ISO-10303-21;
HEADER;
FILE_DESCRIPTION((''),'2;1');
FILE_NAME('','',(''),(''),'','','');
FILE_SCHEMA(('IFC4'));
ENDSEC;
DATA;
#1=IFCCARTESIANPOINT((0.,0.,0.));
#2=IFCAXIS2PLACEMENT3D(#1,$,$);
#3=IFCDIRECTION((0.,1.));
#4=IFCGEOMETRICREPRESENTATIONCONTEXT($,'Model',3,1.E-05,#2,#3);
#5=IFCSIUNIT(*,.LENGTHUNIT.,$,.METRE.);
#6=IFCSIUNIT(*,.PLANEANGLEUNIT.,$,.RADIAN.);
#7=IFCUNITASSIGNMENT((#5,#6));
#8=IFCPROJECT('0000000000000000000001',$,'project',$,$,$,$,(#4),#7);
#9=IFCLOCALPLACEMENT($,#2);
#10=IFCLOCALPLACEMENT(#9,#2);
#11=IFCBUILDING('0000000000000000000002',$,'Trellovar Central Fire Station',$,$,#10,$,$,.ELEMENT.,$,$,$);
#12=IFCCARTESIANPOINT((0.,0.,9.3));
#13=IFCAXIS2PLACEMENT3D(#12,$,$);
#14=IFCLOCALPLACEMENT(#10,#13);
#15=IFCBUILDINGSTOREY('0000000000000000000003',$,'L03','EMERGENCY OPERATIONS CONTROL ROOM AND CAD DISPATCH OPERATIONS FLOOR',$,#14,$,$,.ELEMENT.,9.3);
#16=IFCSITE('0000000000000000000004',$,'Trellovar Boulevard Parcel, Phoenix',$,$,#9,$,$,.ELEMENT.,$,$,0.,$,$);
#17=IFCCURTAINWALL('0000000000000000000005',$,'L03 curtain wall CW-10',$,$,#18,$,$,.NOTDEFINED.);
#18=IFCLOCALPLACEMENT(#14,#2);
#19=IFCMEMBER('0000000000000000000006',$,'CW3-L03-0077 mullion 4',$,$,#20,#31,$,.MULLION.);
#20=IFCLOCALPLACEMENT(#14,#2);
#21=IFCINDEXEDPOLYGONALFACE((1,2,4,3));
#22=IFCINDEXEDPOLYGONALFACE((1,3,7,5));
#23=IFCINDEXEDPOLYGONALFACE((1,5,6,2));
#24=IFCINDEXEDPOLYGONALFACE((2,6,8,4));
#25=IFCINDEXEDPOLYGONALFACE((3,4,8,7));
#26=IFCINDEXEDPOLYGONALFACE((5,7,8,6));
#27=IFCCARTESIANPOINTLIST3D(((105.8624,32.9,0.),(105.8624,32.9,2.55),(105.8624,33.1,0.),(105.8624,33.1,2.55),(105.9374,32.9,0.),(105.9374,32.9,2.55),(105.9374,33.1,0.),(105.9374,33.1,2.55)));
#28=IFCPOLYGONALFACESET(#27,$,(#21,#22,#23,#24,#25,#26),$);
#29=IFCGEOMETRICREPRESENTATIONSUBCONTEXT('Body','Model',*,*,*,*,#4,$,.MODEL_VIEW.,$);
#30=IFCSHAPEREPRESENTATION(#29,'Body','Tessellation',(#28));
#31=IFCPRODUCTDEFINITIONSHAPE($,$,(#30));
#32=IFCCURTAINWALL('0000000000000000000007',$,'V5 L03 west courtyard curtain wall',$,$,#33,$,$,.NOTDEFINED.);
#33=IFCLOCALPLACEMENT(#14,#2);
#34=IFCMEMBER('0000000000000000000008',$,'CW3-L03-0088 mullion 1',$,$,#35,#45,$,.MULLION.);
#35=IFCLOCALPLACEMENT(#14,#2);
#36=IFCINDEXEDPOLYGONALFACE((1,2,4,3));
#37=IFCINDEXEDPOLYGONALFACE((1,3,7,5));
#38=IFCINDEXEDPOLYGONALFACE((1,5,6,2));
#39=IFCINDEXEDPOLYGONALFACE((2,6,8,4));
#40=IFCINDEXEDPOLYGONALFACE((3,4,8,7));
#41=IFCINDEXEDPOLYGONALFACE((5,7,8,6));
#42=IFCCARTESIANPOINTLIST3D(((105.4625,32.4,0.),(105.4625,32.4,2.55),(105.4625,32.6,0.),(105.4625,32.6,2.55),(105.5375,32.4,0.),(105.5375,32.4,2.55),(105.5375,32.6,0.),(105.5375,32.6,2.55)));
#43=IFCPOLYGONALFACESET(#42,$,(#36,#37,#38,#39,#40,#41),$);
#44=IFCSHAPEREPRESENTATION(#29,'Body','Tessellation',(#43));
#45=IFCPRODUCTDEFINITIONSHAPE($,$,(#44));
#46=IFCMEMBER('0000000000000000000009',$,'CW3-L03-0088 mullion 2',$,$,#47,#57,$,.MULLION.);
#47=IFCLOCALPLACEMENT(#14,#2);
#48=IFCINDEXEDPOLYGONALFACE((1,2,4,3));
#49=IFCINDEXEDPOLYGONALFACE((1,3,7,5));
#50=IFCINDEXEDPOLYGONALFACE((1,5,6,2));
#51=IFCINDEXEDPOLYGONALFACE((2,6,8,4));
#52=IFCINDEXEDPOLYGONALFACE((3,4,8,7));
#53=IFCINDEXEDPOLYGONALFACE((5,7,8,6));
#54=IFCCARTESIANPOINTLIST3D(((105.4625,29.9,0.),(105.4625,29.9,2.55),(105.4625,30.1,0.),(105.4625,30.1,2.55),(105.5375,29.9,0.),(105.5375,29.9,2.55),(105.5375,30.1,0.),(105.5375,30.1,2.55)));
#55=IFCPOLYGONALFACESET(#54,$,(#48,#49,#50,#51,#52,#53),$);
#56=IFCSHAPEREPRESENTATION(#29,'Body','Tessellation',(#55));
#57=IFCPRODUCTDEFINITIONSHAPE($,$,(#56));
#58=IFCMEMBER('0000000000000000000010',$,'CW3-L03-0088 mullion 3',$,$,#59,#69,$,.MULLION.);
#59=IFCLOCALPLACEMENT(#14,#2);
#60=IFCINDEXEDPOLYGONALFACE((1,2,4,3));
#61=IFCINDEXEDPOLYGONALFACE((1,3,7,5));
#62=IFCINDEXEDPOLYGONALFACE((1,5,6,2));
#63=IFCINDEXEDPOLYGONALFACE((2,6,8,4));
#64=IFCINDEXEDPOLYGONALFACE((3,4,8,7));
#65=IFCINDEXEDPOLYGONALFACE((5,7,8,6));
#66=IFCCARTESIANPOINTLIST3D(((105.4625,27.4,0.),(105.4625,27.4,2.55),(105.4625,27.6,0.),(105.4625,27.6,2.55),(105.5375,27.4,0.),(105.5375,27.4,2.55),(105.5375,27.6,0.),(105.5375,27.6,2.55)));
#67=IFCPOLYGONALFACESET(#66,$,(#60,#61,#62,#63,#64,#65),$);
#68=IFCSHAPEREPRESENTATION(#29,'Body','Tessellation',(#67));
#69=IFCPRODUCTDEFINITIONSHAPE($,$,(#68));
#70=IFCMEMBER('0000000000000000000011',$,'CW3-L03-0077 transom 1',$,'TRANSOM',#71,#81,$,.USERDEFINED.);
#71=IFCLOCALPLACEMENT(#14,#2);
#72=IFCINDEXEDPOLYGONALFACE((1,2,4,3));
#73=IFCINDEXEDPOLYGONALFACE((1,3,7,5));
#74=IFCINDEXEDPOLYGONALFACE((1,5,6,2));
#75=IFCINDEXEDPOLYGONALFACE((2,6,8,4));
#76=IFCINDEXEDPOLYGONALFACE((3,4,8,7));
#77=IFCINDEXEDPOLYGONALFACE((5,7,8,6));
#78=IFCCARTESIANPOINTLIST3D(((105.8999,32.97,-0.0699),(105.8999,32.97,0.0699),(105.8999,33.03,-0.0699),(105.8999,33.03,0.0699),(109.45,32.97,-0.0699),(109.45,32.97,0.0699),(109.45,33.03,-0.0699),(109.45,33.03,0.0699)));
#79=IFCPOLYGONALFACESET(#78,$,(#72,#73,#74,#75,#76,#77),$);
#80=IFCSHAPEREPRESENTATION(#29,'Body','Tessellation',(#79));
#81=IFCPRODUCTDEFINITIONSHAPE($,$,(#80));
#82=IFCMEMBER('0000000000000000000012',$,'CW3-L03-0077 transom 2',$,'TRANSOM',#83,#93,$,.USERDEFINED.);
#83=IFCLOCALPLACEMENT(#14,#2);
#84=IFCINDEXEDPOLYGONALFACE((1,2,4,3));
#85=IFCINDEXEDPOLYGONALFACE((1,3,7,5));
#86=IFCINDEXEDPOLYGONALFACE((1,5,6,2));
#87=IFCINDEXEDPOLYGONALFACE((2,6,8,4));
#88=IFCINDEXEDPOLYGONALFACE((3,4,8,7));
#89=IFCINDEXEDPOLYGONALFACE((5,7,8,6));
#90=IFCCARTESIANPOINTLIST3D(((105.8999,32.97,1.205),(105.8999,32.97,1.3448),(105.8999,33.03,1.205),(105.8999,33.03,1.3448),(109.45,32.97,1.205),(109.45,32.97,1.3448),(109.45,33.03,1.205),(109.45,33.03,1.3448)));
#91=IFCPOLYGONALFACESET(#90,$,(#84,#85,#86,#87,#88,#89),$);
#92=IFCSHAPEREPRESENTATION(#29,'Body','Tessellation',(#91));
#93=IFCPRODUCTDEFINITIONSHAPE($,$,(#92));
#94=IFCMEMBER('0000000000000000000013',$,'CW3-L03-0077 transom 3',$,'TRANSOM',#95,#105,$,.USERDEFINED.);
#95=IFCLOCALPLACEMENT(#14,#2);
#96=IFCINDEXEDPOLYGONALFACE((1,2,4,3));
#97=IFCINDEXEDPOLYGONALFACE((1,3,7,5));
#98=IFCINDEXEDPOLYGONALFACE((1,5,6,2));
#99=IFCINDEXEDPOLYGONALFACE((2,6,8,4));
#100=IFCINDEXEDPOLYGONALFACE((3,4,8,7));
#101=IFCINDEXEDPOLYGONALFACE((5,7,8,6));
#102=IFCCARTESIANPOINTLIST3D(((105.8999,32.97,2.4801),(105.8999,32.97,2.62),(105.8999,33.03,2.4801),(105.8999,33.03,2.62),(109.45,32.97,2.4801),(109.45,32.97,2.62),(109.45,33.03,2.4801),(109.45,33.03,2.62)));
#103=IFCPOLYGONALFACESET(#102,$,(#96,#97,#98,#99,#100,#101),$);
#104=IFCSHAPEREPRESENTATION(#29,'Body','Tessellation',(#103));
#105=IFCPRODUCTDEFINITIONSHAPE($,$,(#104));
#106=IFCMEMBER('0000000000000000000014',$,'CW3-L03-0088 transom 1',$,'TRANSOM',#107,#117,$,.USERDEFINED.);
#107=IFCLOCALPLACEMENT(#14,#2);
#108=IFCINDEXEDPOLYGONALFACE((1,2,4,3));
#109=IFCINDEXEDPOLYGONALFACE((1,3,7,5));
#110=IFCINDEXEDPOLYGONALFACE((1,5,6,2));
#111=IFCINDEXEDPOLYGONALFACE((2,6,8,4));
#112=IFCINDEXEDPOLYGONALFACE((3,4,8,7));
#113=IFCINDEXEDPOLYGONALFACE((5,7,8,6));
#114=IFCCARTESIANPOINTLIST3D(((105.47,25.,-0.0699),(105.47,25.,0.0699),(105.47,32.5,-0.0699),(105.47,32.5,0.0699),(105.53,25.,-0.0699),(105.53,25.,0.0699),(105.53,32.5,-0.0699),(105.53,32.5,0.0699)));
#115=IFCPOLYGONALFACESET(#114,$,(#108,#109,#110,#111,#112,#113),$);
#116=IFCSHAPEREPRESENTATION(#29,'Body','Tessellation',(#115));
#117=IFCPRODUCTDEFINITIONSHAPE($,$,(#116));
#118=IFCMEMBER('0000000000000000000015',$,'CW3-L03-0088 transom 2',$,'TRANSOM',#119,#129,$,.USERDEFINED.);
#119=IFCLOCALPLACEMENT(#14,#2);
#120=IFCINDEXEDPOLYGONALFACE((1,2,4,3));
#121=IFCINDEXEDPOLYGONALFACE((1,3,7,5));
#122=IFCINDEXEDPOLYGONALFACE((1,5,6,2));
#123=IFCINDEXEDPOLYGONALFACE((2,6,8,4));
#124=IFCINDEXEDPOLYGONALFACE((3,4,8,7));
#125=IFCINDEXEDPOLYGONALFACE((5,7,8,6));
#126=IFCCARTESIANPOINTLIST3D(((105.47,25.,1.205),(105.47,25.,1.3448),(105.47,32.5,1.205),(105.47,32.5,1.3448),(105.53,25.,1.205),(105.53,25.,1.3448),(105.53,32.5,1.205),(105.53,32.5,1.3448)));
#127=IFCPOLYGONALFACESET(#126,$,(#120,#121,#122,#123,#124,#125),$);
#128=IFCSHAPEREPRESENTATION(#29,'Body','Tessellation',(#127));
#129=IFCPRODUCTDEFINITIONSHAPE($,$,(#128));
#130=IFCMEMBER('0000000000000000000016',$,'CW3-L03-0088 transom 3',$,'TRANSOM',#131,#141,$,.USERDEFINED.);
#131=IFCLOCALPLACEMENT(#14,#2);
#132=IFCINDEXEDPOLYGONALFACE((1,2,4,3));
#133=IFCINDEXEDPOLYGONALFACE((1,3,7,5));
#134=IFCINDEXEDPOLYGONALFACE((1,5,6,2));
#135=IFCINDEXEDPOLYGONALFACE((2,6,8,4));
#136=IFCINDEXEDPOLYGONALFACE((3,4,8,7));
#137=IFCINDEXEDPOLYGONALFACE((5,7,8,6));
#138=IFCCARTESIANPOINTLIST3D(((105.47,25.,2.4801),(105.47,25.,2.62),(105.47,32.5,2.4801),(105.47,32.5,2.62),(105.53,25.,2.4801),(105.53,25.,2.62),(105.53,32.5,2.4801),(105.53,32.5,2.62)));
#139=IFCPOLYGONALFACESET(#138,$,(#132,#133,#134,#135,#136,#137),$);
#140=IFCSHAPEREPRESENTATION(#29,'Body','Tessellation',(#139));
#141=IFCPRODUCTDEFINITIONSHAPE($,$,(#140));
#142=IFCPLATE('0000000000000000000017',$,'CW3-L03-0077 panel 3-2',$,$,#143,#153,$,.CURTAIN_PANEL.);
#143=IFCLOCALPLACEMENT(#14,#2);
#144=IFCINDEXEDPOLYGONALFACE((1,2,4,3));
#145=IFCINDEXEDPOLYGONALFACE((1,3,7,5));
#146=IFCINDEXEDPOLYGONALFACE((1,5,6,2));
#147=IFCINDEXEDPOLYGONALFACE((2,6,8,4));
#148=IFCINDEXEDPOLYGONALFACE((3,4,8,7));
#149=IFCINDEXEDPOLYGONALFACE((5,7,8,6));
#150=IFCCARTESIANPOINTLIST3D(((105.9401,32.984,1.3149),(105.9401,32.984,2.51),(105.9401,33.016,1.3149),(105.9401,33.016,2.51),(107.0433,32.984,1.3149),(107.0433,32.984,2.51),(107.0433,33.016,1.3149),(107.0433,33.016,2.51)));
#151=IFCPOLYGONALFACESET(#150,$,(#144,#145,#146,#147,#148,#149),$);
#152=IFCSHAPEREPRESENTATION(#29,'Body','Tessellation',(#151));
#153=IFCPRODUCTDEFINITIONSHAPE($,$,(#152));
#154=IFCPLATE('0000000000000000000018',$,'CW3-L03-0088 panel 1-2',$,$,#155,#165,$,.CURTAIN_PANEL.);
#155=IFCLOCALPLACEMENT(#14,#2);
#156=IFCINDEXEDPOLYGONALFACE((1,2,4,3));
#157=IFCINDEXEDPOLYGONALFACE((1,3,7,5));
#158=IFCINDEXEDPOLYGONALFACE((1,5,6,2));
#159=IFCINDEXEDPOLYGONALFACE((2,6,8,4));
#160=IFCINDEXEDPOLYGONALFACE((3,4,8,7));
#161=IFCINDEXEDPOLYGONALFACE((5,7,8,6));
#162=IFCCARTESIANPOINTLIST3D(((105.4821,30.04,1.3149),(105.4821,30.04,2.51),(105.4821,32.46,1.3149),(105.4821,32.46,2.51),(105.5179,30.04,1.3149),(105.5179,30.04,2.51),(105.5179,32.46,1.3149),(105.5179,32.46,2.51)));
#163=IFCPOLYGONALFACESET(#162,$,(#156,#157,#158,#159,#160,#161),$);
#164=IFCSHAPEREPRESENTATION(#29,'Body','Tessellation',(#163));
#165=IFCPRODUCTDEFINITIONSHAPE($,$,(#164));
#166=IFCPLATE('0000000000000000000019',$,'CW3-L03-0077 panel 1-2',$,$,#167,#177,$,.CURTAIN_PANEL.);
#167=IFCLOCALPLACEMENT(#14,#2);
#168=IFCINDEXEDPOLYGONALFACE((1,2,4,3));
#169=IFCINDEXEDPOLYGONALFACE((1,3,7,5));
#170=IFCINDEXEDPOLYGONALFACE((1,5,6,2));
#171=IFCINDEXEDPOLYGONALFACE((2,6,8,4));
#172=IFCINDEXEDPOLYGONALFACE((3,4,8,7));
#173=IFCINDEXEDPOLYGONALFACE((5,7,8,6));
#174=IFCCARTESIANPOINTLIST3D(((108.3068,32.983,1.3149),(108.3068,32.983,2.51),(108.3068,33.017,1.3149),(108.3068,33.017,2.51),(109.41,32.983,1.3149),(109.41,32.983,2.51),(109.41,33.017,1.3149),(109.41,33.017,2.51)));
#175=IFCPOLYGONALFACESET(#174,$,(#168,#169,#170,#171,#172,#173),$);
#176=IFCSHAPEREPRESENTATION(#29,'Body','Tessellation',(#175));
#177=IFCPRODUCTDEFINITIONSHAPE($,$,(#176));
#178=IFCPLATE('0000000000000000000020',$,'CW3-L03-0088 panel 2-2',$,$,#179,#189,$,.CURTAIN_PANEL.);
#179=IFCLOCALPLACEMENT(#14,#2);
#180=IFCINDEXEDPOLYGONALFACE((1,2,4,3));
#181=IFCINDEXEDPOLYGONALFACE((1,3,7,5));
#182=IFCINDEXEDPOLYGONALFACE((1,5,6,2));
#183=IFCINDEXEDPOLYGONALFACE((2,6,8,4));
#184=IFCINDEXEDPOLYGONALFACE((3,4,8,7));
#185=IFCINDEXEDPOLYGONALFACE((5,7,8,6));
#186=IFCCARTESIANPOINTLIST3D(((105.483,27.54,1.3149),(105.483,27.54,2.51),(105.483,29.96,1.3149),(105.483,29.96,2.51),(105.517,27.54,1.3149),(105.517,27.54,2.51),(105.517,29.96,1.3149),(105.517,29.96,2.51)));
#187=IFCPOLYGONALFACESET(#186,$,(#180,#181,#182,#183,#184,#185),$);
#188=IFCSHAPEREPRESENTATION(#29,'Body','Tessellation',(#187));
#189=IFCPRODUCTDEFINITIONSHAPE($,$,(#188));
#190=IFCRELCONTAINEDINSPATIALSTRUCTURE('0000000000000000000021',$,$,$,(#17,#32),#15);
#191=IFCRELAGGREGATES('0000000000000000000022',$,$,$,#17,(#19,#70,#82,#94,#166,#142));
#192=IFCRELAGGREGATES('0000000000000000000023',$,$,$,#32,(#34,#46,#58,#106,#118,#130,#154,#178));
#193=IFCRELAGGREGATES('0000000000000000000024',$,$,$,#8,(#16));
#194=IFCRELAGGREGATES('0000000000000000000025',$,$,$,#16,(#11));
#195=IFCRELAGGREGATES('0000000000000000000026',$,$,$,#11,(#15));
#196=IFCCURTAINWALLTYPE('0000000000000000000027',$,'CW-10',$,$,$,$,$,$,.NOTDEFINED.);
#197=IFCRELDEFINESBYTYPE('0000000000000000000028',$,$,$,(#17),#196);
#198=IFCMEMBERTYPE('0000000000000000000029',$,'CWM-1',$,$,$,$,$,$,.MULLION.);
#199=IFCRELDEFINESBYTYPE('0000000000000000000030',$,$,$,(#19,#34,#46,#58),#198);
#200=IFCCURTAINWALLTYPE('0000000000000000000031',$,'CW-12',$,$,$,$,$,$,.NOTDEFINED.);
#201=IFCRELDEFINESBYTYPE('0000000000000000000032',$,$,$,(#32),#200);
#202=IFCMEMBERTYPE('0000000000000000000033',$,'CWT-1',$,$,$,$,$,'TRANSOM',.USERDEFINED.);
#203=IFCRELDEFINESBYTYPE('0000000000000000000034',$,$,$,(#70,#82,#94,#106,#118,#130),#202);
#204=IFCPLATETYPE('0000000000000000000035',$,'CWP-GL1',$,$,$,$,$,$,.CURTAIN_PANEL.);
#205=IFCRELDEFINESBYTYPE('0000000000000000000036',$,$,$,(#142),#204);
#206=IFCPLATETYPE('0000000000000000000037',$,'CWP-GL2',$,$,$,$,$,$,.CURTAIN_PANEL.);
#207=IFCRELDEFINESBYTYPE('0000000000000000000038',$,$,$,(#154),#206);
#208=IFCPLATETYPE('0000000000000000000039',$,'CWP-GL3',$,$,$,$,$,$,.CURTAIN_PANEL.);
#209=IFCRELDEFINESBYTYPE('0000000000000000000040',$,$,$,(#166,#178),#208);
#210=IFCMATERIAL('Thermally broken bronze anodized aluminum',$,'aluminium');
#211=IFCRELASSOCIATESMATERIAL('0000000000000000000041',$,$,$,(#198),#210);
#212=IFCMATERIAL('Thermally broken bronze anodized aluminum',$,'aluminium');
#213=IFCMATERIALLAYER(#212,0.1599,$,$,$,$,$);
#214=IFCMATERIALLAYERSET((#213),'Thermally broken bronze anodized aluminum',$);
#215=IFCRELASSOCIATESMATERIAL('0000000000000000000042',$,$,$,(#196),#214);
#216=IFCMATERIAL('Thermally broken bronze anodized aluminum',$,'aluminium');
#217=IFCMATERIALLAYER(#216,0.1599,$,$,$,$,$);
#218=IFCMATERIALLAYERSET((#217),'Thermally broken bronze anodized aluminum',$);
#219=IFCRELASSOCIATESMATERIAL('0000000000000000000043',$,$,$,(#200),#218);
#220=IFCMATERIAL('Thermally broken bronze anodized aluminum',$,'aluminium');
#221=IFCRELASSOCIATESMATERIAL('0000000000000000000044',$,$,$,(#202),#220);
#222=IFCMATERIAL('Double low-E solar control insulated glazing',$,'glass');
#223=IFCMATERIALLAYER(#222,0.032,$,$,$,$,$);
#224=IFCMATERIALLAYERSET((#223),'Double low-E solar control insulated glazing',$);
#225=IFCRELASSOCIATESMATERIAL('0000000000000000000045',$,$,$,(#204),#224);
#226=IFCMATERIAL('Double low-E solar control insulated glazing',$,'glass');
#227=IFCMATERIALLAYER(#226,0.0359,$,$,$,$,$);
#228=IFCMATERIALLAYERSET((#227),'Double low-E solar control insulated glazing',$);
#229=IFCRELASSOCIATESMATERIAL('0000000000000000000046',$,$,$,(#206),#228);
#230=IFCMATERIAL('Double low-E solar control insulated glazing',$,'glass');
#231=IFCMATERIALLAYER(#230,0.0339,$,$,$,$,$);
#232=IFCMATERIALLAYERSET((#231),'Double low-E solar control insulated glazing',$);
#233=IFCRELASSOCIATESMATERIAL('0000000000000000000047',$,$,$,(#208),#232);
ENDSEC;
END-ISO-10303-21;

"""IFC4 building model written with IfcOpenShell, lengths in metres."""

from ifc_helpers import new_model, si_unit, direction, frame, origin, origin_2d, place, context, subcontext, project, spatial, rectangle, extrude, material, layer, layer_set, material_profile, profile_set, type_object, element, aggregate, save


model = new_model("IFC4")

# Units and contexts
model_context = context("Model", 3, precision=1e-05, world=origin(), true_north=direction((0.0, 1.0)))
body_context = subcontext(model_context, "Body", "Model", "MODEL_VIEW")
ifc_project = project(units=[si_unit("LENGTHUNIT", "METRE"), si_unit("PLANEANGLEUNIT", "RADIAN")], contexts=[model_context])

# Site, building, storey
site_placement = place(None, origin())
site = spatial("IfcSite", under=ifc_project, at=site_placement, Name="Trellovar Boulevard Parcel, Phoenix", CompositionType="ELEMENT", RefElevation=0.0)
building_placement = place(site_placement, origin())
building = spatial("IfcBuilding", under=site, at=building_placement, Name="Trellovar Central Fire Station", CompositionType="ELEMENT")
storey_placement = place(building_placement, frame((0.0, 0.0, 9.3)))
storey = spatial("IfcBuildingStorey", under=building, at=storey_placement, Name="L03", Description="EMERGENCY OPERATIONS CONTROL ROOM AND CAD DISPATCH OPERATIONS FLOOR", CompositionType="ELEMENT", Elevation=9.3)

# Shared definitions
ifc_material_1 = material(Name="Thermally broken bronze anodized aluminum", Category="aluminium")
ifc_material_profile_1 = material_profile(ifc_material_1, rectangle(XDim=0.075, YDim=0.2, at=origin_2d()), Name="ALU75X200")
ifc_profile_set_1 = profile_set([ifc_material_profile_1], Name="Thermally broken bronze anodized aluminum")
member_type_1 = type_object("IfcMemberType", Name="CWM-1", PredefinedType="MULLION", material=ifc_profile_set_1)

# Curtain walls, members
ifc_material_2 = material(Name="Thermally broken bronze anodized aluminum", Category="aluminium")
ifc_layer_1 = layer(ifc_material_2, 0.1599)
ifc_layer_set_1 = layer_set([ifc_layer_1], Name="Thermally broken bronze anodized aluminum")
curtain_wall_type_1 = type_object("IfcCurtainWallType", Name="CW-10", PredefinedType="NOTDEFINED", material=ifc_layer_set_1)
curtain_wall_1_placement = place(storey_placement, origin())
curtain_wall_1 = element("IfcCurtainWall", 1, at=curtain_wall_1_placement, inside=storey, type_object=curtain_wall_type_1, Name="L03 curtain wall CW-10", PredefinedType="NOTDEFINED")
member_1_placement = place(storey_placement, frame((105.8999, 33.0, 0.0), z_axis=(0.0, 0.0, 1.0), x_axis=(1.0, 0.0, 0.0)))
member_1 = element("IfcMember", 2, at=member_1_placement, type_object=member_type_1, Name="CW3-L03-0077 mullion 4", PredefinedType="MULLION", context=body_context, shape_type="SweptSolid", body=[
    extrude(rectangle(XDim=0.075, YDim=0.2, at=origin_2d()), origin(), (0.0, 0.0, 1.0), 2.55),
])
ifc_material_3 = material(Name="Thermally broken bronze anodized aluminum", Category="aluminium")
ifc_layer_2 = layer(ifc_material_3, 0.1599)
ifc_layer_set_2 = layer_set([ifc_layer_2], Name="Thermally broken bronze anodized aluminum")
curtain_wall_type_2 = type_object("IfcCurtainWallType", Name="CW-12", PredefinedType="NOTDEFINED", material=ifc_layer_set_2)
curtain_wall_2_placement = place(storey_placement, origin())
curtain_wall_2 = element("IfcCurtainWall", 3, at=curtain_wall_2_placement, inside=storey, type_object=curtain_wall_type_2, Name="V5 L03 west courtyard curtain wall", PredefinedType="NOTDEFINED")
member_2_placement = place(storey_placement, frame((105.5, 32.5, 0.0), z_axis=(0.0, 0.0, 1.0), x_axis=(1.0, 0.0, 0.0)))
member_2 = element("IfcMember", 4, at=member_2_placement, type_object=member_type_1, Name="CW3-L03-0088 mullion 1", PredefinedType="MULLION", context=body_context, shape_type="SweptSolid", body=[
    extrude(rectangle(XDim=0.075, YDim=0.2, at=origin_2d()), origin(), (0.0, 0.0, 1.0), 2.55),
])
member_3_placement = place(storey_placement, frame((105.5, 30.0, 0.0), z_axis=(0.0, 0.0, 1.0), x_axis=(1.0, 0.0, 0.0)))
member_3 = element("IfcMember", 5, at=member_3_placement, type_object=member_type_1, Name="CW3-L03-0088 mullion 2", PredefinedType="MULLION", context=body_context, shape_type="SweptSolid", body=[
    extrude(rectangle(XDim=0.075, YDim=0.2, at=origin_2d()), origin(), (0.0, 0.0, 1.0), 2.55),
])
member_4_placement = place(storey_placement, frame((105.5, 27.5, 0.0), z_axis=(0.0, 0.0, 1.0), x_axis=(1.0, 0.0, 0.0)))
member_4 = element("IfcMember", 6, at=member_4_placement, type_object=member_type_1, Name="CW3-L03-0088 mullion 3", PredefinedType="MULLION", context=body_context, shape_type="SweptSolid", body=[
    extrude(rectangle(XDim=0.075, YDim=0.2, at=origin_2d()), origin(), (0.0, 0.0, 1.0), 2.55),
])

# Members
ifc_material_4 = material(Name="Thermally broken bronze anodized aluminum", Category="aluminium")
ifc_material_profile_2 = material_profile(ifc_material_4, rectangle(XDim=0.0601, YDim=0.1399, at=origin_2d()), Name="ALU60X140")
ifc_profile_set_2 = profile_set([ifc_material_profile_2], Name="Thermally broken bronze anodized aluminum")
member_type_2 = type_object("IfcMemberType", Name="CWT-1", ElementType="TRANSOM", PredefinedType="USERDEFINED", material=ifc_profile_set_2)
member_5_placement = place(storey_placement, frame((109.45, 33.0, 0.0), z_axis=(-1.0, 0.0, 0.0), x_axis=(0.0, -1.0, 0.0)))
member_5 = element("IfcMember", 7, at=member_5_placement, type_object=member_type_2, Name="CW3-L03-0077 transom 1", ObjectType="TRANSOM", PredefinedType="USERDEFINED", context=body_context, shape_type="SweptSolid", body=[
    extrude(rectangle(XDim=0.0601, YDim=0.1399, at=origin_2d()), origin(), (0.0, 0.0, 1.0), 3.55),
])
member_6_placement = place(storey_placement, frame((109.45, 33.0, 1.2749), z_axis=(-1.0, 0.0, 0.0), x_axis=(0.0, -1.0, 0.0)))
member_6 = element("IfcMember", 8, at=member_6_placement, type_object=member_type_2, Name="CW3-L03-0077 transom 2", ObjectType="TRANSOM", PredefinedType="USERDEFINED", context=body_context, shape_type="SweptSolid", body=[
    extrude(rectangle(XDim=0.0601, YDim=0.1399, at=origin_2d()), origin(), (0.0, 0.0, 1.0), 3.55),
])
member_7_placement = place(storey_placement, frame((109.45, 33.0, 2.55), z_axis=(-1.0, 0.0, 0.0), x_axis=(0.0, -1.0, 0.0)))
member_7 = element("IfcMember", 9, at=member_7_placement, type_object=member_type_2, Name="CW3-L03-0077 transom 3", ObjectType="TRANSOM", PredefinedType="USERDEFINED", context=body_context, shape_type="SweptSolid", body=[
    extrude(rectangle(XDim=0.0601, YDim=0.1399, at=origin_2d()), origin(), (0.0, 0.0, 1.0), 3.55),
])
member_8_placement = place(storey_placement, frame((105.5, 32.5, 0.0), z_axis=(0.0, -1.0, 0.0), x_axis=(1.0, 0.0, 0.0)))
member_8 = element("IfcMember", 10, at=member_8_placement, type_object=member_type_2, Name="CW3-L03-0088 transom 1", ObjectType="TRANSOM", PredefinedType="USERDEFINED", context=body_context, shape_type="SweptSolid", body=[
    extrude(rectangle(XDim=0.0601, YDim=0.1399, at=origin_2d()), origin(), (0.0, 0.0, 1.0), 7.5),
])
member_9_placement = place(storey_placement, frame((105.5, 32.5, 1.2749), z_axis=(0.0, -1.0, 0.0), x_axis=(1.0, 0.0, 0.0)))
member_9 = element("IfcMember", 11, at=member_9_placement, type_object=member_type_2, Name="CW3-L03-0088 transom 2", ObjectType="TRANSOM", PredefinedType="USERDEFINED", context=body_context, shape_type="SweptSolid", body=[
    extrude(rectangle(XDim=0.0601, YDim=0.1399, at=origin_2d()), origin(), (0.0, 0.0, 1.0), 7.5),
])
member_10_placement = place(storey_placement, frame((105.5, 32.5, 2.55), z_axis=(0.0, -1.0, 0.0), x_axis=(1.0, 0.0, 0.0)))
member_10 = element("IfcMember", 12, at=member_10_placement, type_object=member_type_2, Name="CW3-L03-0088 transom 3", ObjectType="TRANSOM", PredefinedType="USERDEFINED", context=body_context, shape_type="SweptSolid", body=[
    extrude(rectangle(XDim=0.0601, YDim=0.1399, at=origin_2d()), origin(), (0.0, 0.0, 1.0), 7.5),
])

# Plates
ifc_material_5 = material(Name="Double low-E solar control insulated glazing", Category="glass")
ifc_layer_3 = layer(ifc_material_5, 0.032)
ifc_layer_set_3 = layer_set([ifc_layer_3], Name="Double low-E solar control insulated glazing")
plate_type_1 = type_object("IfcPlateType", Name="CWP-GL1", PredefinedType="CURTAIN_PANEL", material=ifc_layer_set_3)
plate_1_placement = place(storey_placement, frame((106.4917, 33.0, 1.3149), z_axis=(0.0, 0.0, 1.0), x_axis=(-1.0, 0.0, 0.0)))
plate_1 = element("IfcPlate", 13, at=plate_1_placement, type_object=plate_type_1, Name="CW3-L03-0077 panel 3-2", PredefinedType="CURTAIN_PANEL", context=body_context, shape_type="SweptSolid", body=[
    extrude(rectangle(XDim=1.1033, YDim=0.032, at=origin_2d()), origin(), (0.0, 0.0, 1.0), 1.1951),
])
ifc_material_6 = material(Name="Double low-E solar control insulated glazing", Category="glass")
ifc_layer_4 = layer(ifc_material_6, 0.0359)
ifc_layer_set_4 = layer_set([ifc_layer_4], Name="Double low-E solar control insulated glazing")
plate_type_2 = type_object("IfcPlateType", Name="CWP-GL2", PredefinedType="CURTAIN_PANEL", material=ifc_layer_set_4)
plate_2_placement = place(storey_placement, frame((105.5, 31.25, 1.3149), z_axis=(0.0, 0.0, 1.0), x_axis=(0.0, -1.0, 0.0)))
plate_2 = element("IfcPlate", 14, at=plate_2_placement, type_object=plate_type_2, Name="CW3-L03-0088 panel 1-2", PredefinedType="CURTAIN_PANEL", context=body_context, shape_type="SweptSolid", body=[
    extrude(rectangle(XDim=2.4199, YDim=0.0359, at=origin_2d()), origin(), (0.0, 0.0, 1.0), 1.1951),
])
ifc_material_7 = material(Name="Double low-E solar control insulated glazing", Category="glass")
ifc_layer_5 = layer(ifc_material_7, 0.0339)
ifc_layer_set_5 = layer_set([ifc_layer_5], Name="Double low-E solar control insulated glazing")
plate_type_3 = type_object("IfcPlateType", Name="CWP-GL3", PredefinedType="CURTAIN_PANEL", material=ifc_layer_set_5)
plate_3_placement = place(storey_placement, frame((108.8584, 33.0, 1.3149), z_axis=(0.0, 0.0, 1.0), x_axis=(-1.0, 0.0, 0.0)))
plate_3 = element("IfcPlate", 15, at=plate_3_placement, type_object=plate_type_3, Name="CW3-L03-0077 panel 1-2", PredefinedType="CURTAIN_PANEL", context=body_context, shape_type="SweptSolid", body=[
    extrude(rectangle(XDim=1.1033, YDim=0.0339, at=origin_2d()), origin(), (0.0, 0.0, 1.0), 1.1951),
])
plate_4_placement = place(storey_placement, frame((105.5, 28.75, 1.3149), z_axis=(0.0, 0.0, 1.0), x_axis=(0.0, -1.0, 0.0)))
plate_4 = element("IfcPlate", 16, at=plate_4_placement, type_object=plate_type_3, Name="CW3-L03-0088 panel 2-2", PredefinedType="CURTAIN_PANEL", context=body_context, shape_type="SweptSolid", body=[
    extrude(rectangle(XDim=2.4199, YDim=0.0339, at=origin_2d()), origin(), (0.0, 0.0, 1.0), 1.1951),
])
aggregate(curtain_wall_1, [member_1, member_5, member_6, member_7, plate_3, plate_1])
aggregate(curtain_wall_2, [member_2, member_3, member_4, member_8, member_9, member_10, plate_2, plate_4])

save(model, "model.ifc")
